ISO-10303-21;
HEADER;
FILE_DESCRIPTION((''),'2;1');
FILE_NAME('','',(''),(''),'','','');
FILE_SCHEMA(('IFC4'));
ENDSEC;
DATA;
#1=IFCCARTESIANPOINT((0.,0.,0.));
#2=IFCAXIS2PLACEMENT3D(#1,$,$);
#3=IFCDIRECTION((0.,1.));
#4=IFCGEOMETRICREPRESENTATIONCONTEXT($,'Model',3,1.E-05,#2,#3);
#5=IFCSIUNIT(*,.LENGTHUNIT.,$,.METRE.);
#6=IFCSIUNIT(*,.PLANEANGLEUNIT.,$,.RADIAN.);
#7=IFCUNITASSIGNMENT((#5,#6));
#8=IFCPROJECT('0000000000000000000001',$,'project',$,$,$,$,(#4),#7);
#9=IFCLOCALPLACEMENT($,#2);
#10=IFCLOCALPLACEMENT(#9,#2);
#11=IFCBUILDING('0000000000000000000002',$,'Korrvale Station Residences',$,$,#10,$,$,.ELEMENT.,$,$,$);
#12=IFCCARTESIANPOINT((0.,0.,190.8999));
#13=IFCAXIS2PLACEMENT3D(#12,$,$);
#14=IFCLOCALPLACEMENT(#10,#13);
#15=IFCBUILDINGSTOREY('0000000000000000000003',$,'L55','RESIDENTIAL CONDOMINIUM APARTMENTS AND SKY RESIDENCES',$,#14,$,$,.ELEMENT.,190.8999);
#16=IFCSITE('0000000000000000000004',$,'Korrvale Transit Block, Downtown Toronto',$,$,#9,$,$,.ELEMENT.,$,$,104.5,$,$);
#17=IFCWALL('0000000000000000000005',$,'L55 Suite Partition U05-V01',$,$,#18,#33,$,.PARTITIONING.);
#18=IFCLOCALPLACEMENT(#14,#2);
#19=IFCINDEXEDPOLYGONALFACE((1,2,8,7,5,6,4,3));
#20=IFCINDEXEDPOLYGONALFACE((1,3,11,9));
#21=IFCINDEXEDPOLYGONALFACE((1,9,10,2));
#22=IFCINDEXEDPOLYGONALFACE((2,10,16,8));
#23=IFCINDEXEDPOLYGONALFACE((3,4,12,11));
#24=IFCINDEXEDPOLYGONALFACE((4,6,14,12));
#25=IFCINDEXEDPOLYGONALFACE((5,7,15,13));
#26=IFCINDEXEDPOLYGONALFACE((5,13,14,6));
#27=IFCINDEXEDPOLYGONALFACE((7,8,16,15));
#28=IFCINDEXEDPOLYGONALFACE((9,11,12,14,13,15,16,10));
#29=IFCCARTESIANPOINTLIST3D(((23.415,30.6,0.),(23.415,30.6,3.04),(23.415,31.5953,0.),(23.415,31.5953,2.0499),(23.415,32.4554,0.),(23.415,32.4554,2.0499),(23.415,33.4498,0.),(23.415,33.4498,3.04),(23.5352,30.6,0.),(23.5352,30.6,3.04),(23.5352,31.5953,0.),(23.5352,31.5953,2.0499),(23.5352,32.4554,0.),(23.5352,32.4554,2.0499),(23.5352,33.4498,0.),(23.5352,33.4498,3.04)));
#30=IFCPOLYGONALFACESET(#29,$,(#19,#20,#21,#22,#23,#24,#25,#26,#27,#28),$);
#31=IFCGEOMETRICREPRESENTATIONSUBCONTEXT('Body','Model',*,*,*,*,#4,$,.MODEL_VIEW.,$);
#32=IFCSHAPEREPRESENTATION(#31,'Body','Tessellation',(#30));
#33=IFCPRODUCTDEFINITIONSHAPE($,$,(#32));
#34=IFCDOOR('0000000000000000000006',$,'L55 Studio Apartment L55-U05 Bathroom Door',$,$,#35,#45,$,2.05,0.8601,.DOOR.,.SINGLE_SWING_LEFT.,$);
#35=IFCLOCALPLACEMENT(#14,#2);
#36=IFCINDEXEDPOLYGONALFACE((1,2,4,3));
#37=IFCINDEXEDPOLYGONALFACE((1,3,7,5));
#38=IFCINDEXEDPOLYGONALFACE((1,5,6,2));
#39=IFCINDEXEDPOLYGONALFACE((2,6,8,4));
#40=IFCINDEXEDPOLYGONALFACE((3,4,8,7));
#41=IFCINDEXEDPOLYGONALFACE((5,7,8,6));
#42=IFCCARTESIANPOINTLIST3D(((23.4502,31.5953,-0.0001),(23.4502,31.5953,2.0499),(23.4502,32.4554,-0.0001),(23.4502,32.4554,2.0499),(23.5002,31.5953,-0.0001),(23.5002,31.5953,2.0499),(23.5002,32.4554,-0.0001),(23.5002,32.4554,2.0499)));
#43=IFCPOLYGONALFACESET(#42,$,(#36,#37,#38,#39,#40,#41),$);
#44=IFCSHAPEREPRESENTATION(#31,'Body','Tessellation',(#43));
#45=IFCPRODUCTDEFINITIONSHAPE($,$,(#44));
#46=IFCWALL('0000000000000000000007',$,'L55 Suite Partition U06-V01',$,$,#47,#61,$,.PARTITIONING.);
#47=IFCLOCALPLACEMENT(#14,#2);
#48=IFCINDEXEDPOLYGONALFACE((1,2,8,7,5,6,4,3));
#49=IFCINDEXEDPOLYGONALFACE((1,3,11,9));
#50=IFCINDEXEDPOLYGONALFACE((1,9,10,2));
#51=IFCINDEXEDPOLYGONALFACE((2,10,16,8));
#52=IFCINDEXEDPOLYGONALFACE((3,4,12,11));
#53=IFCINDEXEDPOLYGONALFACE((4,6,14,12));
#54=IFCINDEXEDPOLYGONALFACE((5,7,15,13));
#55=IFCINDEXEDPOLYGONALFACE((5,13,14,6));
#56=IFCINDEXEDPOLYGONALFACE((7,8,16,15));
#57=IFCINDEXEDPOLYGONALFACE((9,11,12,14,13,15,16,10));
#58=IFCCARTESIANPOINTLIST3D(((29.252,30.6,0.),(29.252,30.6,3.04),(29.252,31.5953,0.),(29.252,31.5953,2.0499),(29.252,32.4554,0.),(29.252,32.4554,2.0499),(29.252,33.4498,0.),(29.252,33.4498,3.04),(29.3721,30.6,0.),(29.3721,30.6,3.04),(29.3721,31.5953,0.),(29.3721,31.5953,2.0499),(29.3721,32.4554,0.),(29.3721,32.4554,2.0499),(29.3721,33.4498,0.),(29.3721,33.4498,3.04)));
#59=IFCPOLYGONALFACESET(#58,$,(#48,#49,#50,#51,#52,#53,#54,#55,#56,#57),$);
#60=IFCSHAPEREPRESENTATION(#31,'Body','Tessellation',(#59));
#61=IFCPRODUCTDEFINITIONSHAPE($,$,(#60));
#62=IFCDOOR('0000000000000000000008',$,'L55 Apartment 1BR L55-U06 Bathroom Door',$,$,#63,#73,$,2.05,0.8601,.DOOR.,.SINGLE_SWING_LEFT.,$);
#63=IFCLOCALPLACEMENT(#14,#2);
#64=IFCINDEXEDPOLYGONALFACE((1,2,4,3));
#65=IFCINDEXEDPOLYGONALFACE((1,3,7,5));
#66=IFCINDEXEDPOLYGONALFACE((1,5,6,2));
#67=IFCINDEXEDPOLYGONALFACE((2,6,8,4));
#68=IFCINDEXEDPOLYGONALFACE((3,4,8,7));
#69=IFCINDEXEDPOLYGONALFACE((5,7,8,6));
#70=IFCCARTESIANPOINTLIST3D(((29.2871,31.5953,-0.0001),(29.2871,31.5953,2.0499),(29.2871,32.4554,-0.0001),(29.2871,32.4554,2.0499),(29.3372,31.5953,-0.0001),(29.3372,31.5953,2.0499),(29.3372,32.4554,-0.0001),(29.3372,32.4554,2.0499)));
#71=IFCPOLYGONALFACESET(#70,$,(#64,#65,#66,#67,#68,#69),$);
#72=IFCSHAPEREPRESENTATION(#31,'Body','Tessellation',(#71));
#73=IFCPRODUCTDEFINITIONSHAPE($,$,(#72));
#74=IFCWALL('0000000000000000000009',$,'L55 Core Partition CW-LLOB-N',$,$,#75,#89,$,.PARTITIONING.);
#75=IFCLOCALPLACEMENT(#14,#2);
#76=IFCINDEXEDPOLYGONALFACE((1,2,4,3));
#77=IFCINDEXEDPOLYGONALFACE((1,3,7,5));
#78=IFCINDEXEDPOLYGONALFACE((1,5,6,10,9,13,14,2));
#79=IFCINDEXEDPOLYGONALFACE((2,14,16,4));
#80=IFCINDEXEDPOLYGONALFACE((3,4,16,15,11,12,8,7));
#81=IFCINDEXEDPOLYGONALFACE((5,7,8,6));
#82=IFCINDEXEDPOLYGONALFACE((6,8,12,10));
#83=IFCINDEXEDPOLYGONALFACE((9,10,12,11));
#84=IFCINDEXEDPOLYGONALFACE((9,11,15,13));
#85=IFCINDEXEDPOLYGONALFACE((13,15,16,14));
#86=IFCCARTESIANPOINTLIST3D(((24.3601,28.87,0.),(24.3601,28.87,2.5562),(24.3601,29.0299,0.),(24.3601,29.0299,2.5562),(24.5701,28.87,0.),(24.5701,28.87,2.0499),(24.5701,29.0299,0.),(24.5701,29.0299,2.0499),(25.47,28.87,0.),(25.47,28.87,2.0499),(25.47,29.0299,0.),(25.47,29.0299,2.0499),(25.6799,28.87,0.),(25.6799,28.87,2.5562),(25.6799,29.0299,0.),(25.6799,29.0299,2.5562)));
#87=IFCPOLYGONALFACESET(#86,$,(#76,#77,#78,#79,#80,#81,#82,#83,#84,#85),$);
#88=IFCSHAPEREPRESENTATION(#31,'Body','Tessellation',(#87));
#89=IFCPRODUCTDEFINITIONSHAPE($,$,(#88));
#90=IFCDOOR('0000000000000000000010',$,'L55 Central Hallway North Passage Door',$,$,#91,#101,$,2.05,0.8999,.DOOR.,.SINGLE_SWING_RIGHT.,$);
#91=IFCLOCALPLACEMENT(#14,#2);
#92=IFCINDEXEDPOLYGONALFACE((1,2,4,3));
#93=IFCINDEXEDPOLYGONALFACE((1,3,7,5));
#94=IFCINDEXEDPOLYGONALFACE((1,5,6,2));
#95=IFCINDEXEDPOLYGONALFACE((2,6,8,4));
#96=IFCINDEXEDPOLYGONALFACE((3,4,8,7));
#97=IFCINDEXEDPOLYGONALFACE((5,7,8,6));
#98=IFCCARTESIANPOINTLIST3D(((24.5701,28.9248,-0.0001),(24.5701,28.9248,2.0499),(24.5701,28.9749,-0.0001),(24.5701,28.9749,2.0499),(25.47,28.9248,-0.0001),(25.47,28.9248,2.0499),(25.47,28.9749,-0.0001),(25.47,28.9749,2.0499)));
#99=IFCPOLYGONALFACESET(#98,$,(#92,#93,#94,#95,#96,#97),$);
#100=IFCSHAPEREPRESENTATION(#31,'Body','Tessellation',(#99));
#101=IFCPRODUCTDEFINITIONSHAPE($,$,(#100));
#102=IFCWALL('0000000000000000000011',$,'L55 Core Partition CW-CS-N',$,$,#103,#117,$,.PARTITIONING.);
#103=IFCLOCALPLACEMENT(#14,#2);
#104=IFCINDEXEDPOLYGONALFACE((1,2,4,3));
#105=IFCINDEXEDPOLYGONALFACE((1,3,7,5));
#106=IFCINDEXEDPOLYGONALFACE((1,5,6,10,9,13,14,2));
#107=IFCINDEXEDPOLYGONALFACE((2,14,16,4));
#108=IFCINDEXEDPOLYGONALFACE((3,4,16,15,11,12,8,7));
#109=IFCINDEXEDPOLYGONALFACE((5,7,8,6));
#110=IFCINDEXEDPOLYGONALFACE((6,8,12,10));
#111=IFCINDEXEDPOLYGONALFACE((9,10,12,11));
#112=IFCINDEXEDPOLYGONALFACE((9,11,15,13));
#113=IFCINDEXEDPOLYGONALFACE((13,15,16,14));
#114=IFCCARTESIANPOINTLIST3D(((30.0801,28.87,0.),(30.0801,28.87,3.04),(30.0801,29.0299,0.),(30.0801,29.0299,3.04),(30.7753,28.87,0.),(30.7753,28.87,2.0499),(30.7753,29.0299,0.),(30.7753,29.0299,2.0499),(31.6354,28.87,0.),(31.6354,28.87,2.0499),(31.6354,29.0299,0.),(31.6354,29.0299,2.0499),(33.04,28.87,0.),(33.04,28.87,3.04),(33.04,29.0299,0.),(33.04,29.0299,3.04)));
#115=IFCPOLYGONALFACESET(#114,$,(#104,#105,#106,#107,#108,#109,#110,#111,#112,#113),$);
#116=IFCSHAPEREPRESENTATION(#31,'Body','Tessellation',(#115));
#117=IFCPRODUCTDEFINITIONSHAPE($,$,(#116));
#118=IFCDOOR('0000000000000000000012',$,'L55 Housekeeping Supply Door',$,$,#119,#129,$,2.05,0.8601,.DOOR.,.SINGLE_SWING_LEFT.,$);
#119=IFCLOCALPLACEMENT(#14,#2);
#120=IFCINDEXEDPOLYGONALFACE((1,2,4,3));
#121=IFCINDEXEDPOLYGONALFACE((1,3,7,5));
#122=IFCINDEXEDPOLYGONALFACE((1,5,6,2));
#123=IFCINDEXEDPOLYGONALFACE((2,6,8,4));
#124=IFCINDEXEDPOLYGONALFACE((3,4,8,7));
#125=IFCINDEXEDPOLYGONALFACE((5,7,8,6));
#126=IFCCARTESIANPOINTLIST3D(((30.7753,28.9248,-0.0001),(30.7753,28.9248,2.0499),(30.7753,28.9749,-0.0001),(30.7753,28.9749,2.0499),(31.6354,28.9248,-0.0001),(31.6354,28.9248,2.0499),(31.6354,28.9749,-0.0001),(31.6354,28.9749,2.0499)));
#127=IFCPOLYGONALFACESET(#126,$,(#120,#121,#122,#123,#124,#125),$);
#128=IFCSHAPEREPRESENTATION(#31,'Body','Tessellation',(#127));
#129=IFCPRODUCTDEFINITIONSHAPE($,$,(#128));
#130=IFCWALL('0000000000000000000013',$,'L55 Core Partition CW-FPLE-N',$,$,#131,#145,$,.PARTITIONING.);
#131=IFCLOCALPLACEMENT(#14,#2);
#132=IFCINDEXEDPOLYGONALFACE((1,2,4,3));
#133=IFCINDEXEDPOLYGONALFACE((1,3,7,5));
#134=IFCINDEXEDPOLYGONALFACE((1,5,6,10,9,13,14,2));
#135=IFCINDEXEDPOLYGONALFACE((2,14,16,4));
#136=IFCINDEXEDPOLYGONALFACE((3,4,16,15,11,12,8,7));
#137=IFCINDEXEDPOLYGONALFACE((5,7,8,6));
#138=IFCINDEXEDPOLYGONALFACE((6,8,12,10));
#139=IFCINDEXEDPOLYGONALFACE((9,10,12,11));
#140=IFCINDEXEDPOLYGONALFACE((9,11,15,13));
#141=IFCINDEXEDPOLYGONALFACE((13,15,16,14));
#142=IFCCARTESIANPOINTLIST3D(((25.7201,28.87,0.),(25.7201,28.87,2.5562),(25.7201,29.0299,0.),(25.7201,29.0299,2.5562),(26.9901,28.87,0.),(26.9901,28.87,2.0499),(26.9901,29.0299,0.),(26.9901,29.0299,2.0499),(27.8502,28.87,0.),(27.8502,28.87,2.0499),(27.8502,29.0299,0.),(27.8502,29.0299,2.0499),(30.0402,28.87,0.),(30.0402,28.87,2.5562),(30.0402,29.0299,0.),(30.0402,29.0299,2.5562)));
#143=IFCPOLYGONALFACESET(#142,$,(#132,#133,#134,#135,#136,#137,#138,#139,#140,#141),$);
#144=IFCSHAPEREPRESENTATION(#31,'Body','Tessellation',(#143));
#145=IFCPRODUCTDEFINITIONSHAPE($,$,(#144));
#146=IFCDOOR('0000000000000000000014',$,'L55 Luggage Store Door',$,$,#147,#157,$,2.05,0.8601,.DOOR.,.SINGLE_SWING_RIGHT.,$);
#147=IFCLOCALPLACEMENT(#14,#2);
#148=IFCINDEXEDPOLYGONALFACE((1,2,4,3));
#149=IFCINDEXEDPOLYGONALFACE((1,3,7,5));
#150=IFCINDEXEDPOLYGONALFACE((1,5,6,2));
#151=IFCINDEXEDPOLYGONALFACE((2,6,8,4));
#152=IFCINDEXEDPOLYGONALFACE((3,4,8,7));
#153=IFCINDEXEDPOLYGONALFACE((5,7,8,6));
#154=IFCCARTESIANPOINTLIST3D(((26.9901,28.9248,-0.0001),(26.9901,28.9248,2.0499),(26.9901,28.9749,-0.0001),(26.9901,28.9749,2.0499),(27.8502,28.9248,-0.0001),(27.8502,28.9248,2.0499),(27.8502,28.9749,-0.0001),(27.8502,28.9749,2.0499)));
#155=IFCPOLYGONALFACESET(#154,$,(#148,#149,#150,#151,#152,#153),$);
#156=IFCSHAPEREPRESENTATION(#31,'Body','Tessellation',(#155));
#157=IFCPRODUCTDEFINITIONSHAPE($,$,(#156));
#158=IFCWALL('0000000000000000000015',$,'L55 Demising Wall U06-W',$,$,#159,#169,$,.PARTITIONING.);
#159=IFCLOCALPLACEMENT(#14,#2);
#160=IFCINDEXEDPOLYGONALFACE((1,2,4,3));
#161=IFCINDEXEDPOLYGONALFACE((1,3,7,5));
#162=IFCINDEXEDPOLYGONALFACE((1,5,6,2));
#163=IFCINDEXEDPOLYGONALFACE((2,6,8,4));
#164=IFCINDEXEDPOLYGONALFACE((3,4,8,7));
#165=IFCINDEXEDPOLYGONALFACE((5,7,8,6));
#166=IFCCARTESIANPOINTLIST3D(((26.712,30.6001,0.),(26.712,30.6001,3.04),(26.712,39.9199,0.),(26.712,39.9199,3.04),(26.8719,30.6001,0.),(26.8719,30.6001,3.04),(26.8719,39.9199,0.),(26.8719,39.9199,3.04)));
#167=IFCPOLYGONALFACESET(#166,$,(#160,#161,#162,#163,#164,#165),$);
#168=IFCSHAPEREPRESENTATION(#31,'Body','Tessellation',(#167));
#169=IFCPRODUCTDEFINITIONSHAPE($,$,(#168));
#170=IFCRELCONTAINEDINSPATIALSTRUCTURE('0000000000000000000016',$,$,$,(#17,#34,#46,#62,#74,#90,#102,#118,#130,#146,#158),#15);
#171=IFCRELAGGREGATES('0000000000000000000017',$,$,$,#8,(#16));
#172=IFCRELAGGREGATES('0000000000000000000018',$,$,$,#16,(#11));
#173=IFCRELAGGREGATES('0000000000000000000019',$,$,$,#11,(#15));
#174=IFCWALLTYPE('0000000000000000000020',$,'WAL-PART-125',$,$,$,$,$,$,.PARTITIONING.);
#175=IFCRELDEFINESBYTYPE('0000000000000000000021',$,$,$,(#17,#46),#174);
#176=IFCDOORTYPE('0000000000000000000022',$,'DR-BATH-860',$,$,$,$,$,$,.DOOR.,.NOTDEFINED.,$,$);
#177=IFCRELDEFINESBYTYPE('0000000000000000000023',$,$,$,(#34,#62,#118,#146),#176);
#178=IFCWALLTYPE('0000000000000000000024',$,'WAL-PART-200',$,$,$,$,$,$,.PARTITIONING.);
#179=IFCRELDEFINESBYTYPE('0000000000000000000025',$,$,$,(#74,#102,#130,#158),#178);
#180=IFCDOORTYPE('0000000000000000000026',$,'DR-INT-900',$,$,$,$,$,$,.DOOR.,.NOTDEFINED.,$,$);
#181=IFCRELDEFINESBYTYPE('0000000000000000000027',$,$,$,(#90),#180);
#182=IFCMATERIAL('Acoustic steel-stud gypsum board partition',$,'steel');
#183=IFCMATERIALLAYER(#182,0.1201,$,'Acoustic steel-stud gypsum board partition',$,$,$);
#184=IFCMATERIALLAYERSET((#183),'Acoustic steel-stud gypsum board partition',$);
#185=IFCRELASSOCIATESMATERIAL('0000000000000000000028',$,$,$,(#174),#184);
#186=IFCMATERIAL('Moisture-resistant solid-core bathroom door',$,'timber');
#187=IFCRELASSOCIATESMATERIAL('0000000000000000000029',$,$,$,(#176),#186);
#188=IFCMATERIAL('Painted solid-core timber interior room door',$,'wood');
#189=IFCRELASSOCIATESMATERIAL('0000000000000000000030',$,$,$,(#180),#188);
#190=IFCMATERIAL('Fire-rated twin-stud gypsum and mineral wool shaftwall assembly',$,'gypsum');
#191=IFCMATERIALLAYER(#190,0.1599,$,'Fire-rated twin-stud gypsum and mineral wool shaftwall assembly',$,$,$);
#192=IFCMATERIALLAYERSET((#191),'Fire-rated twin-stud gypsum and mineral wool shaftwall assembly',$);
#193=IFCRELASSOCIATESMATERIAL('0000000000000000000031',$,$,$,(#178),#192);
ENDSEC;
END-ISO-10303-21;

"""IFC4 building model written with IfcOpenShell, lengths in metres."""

from ifc_helpers import new_model, si_unit, direction, frame, frame_2d, origin, place, context, subcontext, project, spatial, rectangle, extrude, material, layer, layer_set, type_object, element, fill, save


model = new_model("IFC4")

# Units and contexts
model_context = context("Model", 3, precision=1e-05, world=origin(), true_north=direction((0.0, 1.0)))
body_context = subcontext(model_context, "Body", "Model", "MODEL_VIEW")
ifc_project = project(units=[si_unit("LENGTHUNIT", "METRE"), si_unit("PLANEANGLEUNIT", "RADIAN")], contexts=[model_context])

# Site, building, storey
site_placement = place(None, origin())
site = spatial("IfcSite", under=ifc_project, at=site_placement, Name="Korrvale Transit Block, Downtown Toronto", CompositionType="ELEMENT", RefElevation=104.5)
building_placement = place(site_placement, origin())
building = spatial("IfcBuilding", under=site, at=building_placement, Name="Korrvale Station Residences", CompositionType="ELEMENT")
storey_placement = place(building_placement, frame((0.0, 0.0, 190.8999)))
storey = spatial("IfcBuildingStorey", under=building, at=storey_placement, Name="L55", Description="RESIDENTIAL CONDOMINIUM APARTMENTS AND SKY RESIDENCES", CompositionType="ELEMENT", Elevation=190.8999)

# Shared definitions
ifc_material_1 = material(Name="Acoustic steel-stud gypsum board partition", Category="steel")
ifc_layer_1 = layer(ifc_material_1, 0.1201, Name="Acoustic steel-stud gypsum board partition")
ifc_layer_set_1 = layer_set([ifc_layer_1], Name="Acoustic steel-stud gypsum board partition")
wall_type_1 = type_object("IfcWallType", Name="WAL-PART-125", PredefinedType="PARTITIONING", material=ifc_layer_set_1)

# Shared definitions
ifc_material_2 = material(Name="Moisture-resistant solid-core bathroom door", Category="timber")
door_type_1 = type_object("IfcDoorType", Name="DR-BATH-860", OperationType="NOTDEFINED", PredefinedType="DOOR", material=ifc_material_2)

# Walls, openings, doors
ifc_material_3 = material(Name="Painted solid-core timber interior room door", Category="wood")
door_type_2 = type_object("IfcDoorType", Name="DR-INT-900", OperationType="NOTDEFINED", PredefinedType="DOOR", material=ifc_material_3)
wall_1_placement = place(storey_placement, frame((23.4751, 30.6001, 0.0), z_axis=(0.0, 0.0, 1.0), x_axis=(0.0, 1.0, 0.0)))
wall_1 = element("IfcWall", 1, at=wall_1_placement, inside=storey, type_object=wall_type_1, Name="L55 Suite Partition U05-V01", PredefinedType="PARTITIONING", context=body_context, shape_type="SweptSolid", body=[
    extrude(rectangle(XDim=2.8499, YDim=0.1201, at=frame_2d((1.4248, 0.0))), origin(), (0.0, 0.0, 1.0), 3.04),
])
opening_1_placement = place(wall_1_placement, frame((0.9951, 0.0, 0.0)))
opening_1 = element("IfcOpeningElement", 2, at=opening_1_placement, cuts=wall_1, PredefinedType="OPENING", context=body_context, shape_type="SweptSolid", body=[
    extrude(rectangle(XDim=0.8601, YDim=2.05, at=frame_2d((0.4302, 1.0249))), frame((0.0, 0.0701, 0.0), z_axis=(0.0, -1.0, 0.0), x_axis=(1.0, 0.0, 0.0)), (0.0, 0.0, 1.0), 0.1401),
])
door_1_placement = place(opening_1_placement, origin())
door_1 = element("IfcDoor", 3, at=door_1_placement, inside=storey, type_object=door_type_1, Name="L55 Studio Apartment L55-U05 Bathroom Door", OperationType="SINGLE_SWING_LEFT", OverallHeight=2.05, OverallWidth=0.8601, PredefinedType="DOOR", context=body_context, shape_type="SweptSolid", body=[
    extrude(rectangle(XDim=0.8601, YDim=2.05, at=frame_2d((0.4302, 1.0249))), frame((0.0, 0.0249, 0.0), z_axis=(0.0, -1.0, 0.0), x_axis=(1.0, 0.0, 0.0)), (0.0, 0.0, 1.0), 0.05),
])
fill(opening_1, door_1)
wall_2_placement = place(storey_placement, frame((29.312, 30.6001, 0.0), z_axis=(0.0, 0.0, 1.0), x_axis=(0.0, 1.0, 0.0)))
wall_2 = element("IfcWall", 4, at=wall_2_placement, inside=storey, type_object=wall_type_1, Name="L55 Suite Partition U06-V01", PredefinedType="PARTITIONING", context=body_context, shape_type="SweptSolid", body=[
    extrude(rectangle(XDim=2.8499, YDim=0.1201, at=frame_2d((1.4248, 0.0))), origin(), (0.0, 0.0, 1.0), 3.04),
])
opening_2_placement = place(wall_2_placement, frame((0.9951, 0.0, 0.0)))
opening_2 = element("IfcOpeningElement", 5, at=opening_2_placement, cuts=wall_2, PredefinedType="OPENING", context=body_context, shape_type="SweptSolid", body=[
    extrude(rectangle(XDim=0.8601, YDim=2.05, at=frame_2d((0.4302, 1.0249))), frame((0.0, 0.0701, 0.0), z_axis=(0.0, -1.0, 0.0), x_axis=(1.0, 0.0, 0.0)), (0.0, 0.0, 1.0), 0.1401),
])
door_2_placement = place(opening_2_placement, origin())
door_2 = element("IfcDoor", 6, at=door_2_placement, inside=storey, type_object=door_type_1, Name="L55 Apartment 1BR L55-U06 Bathroom Door", OperationType="SINGLE_SWING_LEFT", OverallHeight=2.05, OverallWidth=0.8601, PredefinedType="DOOR", context=body_context, shape_type="SweptSolid", body=[
    extrude(rectangle(XDim=0.8601, YDim=2.05, at=frame_2d((0.4302, 1.0249))), frame((0.0, 0.0249, 0.0), z_axis=(0.0, -1.0, 0.0), x_axis=(1.0, 0.0, 0.0)), (0.0, 0.0, 1.0), 0.05),
])
fill(opening_2, door_2)
ifc_material_4 = material(Name="Fire-rated twin-stud gypsum and mineral wool shaftwall assembly", Category="gypsum")
ifc_layer_2 = layer(ifc_material_4, 0.1599, Name="Fire-rated twin-stud gypsum and mineral wool shaftwall assembly")
ifc_layer_set_2 = layer_set([ifc_layer_2], Name="Fire-rated twin-stud gypsum and mineral wool shaftwall assembly")
wall_type_2 = type_object("IfcWallType", Name="WAL-PART-200", PredefinedType="PARTITIONING", material=ifc_layer_set_2)
wall_3_placement = place(storey_placement, frame((24.3601, 28.95, 0.0), z_axis=(0.0, 0.0, 1.0), x_axis=(1.0, 0.0, 0.0)))
wall_3 = element("IfcWall", 7, at=wall_3_placement, inside=storey, type_object=wall_type_2, Name="L55 Core Partition CW-LLOB-N", PredefinedType="PARTITIONING", context=body_context, shape_type="SweptSolid", body=[
    extrude(rectangle(XDim=1.3198, YDim=0.1599, at=frame_2d((0.6599, 0.0))), origin(), (0.0, 0.0, 1.0), 2.5562),
])
opening_3_placement = place(wall_3_placement, frame((0.21, 0.0, 0.0)))
opening_3 = element("IfcOpeningElement", 8, at=opening_3_placement, cuts=wall_3, PredefinedType="OPENING", context=body_context, shape_type="SweptSolid", body=[
    extrude(rectangle(XDim=0.8999, YDim=2.05, at=frame_2d((0.45, 1.0249))), frame((0.0, 0.0898, 0.0), z_axis=(0.0, -1.0, 0.0), x_axis=(1.0, 0.0, 0.0)), (0.0, 0.0, 1.0), 0.1799),
])
door_3_placement = place(opening_3_placement, origin())
door_3 = element("IfcDoor", 9, at=door_3_placement, inside=storey, type_object=door_type_2, Name="L55 Central Hallway North Passage Door", OperationType="SINGLE_SWING_RIGHT", OverallHeight=2.05, OverallWidth=0.8999, PredefinedType="DOOR", context=body_context, shape_type="SweptSolid", body=[
    extrude(rectangle(XDim=0.8999, YDim=2.05, at=frame_2d((0.45, 1.0249))), frame((0.0, 0.0249, 0.0), z_axis=(0.0, -1.0, 0.0), x_axis=(1.0, 0.0, 0.0)), (0.0, 0.0, 1.0), 0.05),
])
fill(opening_3, door_3)
wall_4_placement = place(storey_placement, frame((30.0801, 28.95, 0.0), z_axis=(0.0, 0.0, 1.0), x_axis=(1.0, 0.0, 0.0)))
wall_4 = element("IfcWall", 10, at=wall_4_placement, inside=storey, type_object=wall_type_2, Name="L55 Core Partition CW-CS-N", PredefinedType="PARTITIONING", context=body_context, shape_type="SweptSolid", body=[
    extrude(rectangle(XDim=2.96, YDim=0.1599, at=frame_2d((1.48, 0.0))), origin(), (0.0, 0.0, 1.0), 3.04),
])
opening_4_placement = place(wall_4_placement, frame((0.6951, 0.0, 0.0)))
opening_4 = element("IfcOpeningElement", 11, at=opening_4_placement, cuts=wall_4, PredefinedType="OPENING", context=body_context, shape_type="SweptSolid", body=[
    extrude(rectangle(XDim=0.8601, YDim=2.05, at=frame_2d((0.4302, 1.0249))), frame((0.0, 0.0898, 0.0), z_axis=(0.0, -1.0, 0.0), x_axis=(1.0, 0.0, 0.0)), (0.0, 0.0, 1.0), 0.1799),
])
door_4_placement = place(opening_4_placement, origin())
door_4 = element("IfcDoor", 12, at=door_4_placement, inside=storey, type_object=door_type_1, Name="L55 Housekeeping Supply Door", OperationType="SINGLE_SWING_LEFT", OverallHeight=2.05, OverallWidth=0.8601, PredefinedType="DOOR", context=body_context, shape_type="SweptSolid", body=[
    extrude(rectangle(XDim=0.8601, YDim=2.05, at=frame_2d((0.4302, 1.0249))), frame((0.0, 0.0249, 0.0), z_axis=(0.0, -1.0, 0.0), x_axis=(1.0, 0.0, 0.0)), (0.0, 0.0, 1.0), 0.05),
])
fill(opening_4, door_4)
wall_5_placement = place(storey_placement, frame((25.72, 28.95, 0.0), z_axis=(0.0, 0.0, 1.0), x_axis=(1.0, 0.0, 0.0)))
wall_5 = element("IfcWall", 13, at=wall_5_placement, inside=storey, type_object=wall_type_2, Name="L55 Core Partition CW-FPLE-N", PredefinedType="PARTITIONING", context=body_context, shape_type="SweptSolid", body=[
    extrude(rectangle(XDim=4.3201, YDim=0.1599, at=frame_2d((2.1602, 0.0))), origin(), (0.0, 0.0, 1.0), 2.5562),
])
opening_5_placement = place(wall_5_placement, frame((1.27, 0.0, 0.0)))
opening_5 = element("IfcOpeningElement", 14, at=opening_5_placement, cuts=wall_5, PredefinedType="OPENING", context=body_context, shape_type="SweptSolid", body=[
    extrude(rectangle(XDim=0.8601, YDim=2.05, at=frame_2d((0.4302, 1.0249))), frame((0.0, 0.0898, 0.0), z_axis=(0.0, -1.0, 0.0), x_axis=(1.0, 0.0, 0.0)), (0.0, 0.0, 1.0), 0.1799),
])
door_5_placement = place(opening_5_placement, origin())
door_5 = element("IfcDoor", 15, at=door_5_placement, inside=storey, type_object=door_type_1, Name="L55 Luggage Store Door", OperationType="SINGLE_SWING_RIGHT", OverallHeight=2.05, OverallWidth=0.8601, PredefinedType="DOOR", context=body_context, shape_type="SweptSolid", body=[
    extrude(rectangle(XDim=0.8601, YDim=2.05, at=frame_2d((0.4302, 1.0249))), frame((0.0, 0.0249, 0.0), z_axis=(0.0, -1.0, 0.0), x_axis=(1.0, 0.0, 0.0)), (0.0, 0.0, 1.0), 0.05),
])
fill(opening_5, door_5)

# Wall
wall_6_placement = place(storey_placement, frame((26.792, 30.6001, 0.0), z_axis=(0.0, 0.0, 1.0), x_axis=(0.0, 1.0, 0.0)))
element("IfcWall", 16, at=wall_6_placement, inside=storey, type_object=wall_type_2, Name="L55 Demising Wall U06-W", PredefinedType="PARTITIONING", context=body_context, shape_type="SweptSolid", body=[
    extrude(rectangle(XDim=9.3198, YDim=0.1599, at=frame_2d((4.6599, 0.0))), origin(), (0.0, 0.0, 1.0), 3.04),
])

save(model, "model.ifc")
